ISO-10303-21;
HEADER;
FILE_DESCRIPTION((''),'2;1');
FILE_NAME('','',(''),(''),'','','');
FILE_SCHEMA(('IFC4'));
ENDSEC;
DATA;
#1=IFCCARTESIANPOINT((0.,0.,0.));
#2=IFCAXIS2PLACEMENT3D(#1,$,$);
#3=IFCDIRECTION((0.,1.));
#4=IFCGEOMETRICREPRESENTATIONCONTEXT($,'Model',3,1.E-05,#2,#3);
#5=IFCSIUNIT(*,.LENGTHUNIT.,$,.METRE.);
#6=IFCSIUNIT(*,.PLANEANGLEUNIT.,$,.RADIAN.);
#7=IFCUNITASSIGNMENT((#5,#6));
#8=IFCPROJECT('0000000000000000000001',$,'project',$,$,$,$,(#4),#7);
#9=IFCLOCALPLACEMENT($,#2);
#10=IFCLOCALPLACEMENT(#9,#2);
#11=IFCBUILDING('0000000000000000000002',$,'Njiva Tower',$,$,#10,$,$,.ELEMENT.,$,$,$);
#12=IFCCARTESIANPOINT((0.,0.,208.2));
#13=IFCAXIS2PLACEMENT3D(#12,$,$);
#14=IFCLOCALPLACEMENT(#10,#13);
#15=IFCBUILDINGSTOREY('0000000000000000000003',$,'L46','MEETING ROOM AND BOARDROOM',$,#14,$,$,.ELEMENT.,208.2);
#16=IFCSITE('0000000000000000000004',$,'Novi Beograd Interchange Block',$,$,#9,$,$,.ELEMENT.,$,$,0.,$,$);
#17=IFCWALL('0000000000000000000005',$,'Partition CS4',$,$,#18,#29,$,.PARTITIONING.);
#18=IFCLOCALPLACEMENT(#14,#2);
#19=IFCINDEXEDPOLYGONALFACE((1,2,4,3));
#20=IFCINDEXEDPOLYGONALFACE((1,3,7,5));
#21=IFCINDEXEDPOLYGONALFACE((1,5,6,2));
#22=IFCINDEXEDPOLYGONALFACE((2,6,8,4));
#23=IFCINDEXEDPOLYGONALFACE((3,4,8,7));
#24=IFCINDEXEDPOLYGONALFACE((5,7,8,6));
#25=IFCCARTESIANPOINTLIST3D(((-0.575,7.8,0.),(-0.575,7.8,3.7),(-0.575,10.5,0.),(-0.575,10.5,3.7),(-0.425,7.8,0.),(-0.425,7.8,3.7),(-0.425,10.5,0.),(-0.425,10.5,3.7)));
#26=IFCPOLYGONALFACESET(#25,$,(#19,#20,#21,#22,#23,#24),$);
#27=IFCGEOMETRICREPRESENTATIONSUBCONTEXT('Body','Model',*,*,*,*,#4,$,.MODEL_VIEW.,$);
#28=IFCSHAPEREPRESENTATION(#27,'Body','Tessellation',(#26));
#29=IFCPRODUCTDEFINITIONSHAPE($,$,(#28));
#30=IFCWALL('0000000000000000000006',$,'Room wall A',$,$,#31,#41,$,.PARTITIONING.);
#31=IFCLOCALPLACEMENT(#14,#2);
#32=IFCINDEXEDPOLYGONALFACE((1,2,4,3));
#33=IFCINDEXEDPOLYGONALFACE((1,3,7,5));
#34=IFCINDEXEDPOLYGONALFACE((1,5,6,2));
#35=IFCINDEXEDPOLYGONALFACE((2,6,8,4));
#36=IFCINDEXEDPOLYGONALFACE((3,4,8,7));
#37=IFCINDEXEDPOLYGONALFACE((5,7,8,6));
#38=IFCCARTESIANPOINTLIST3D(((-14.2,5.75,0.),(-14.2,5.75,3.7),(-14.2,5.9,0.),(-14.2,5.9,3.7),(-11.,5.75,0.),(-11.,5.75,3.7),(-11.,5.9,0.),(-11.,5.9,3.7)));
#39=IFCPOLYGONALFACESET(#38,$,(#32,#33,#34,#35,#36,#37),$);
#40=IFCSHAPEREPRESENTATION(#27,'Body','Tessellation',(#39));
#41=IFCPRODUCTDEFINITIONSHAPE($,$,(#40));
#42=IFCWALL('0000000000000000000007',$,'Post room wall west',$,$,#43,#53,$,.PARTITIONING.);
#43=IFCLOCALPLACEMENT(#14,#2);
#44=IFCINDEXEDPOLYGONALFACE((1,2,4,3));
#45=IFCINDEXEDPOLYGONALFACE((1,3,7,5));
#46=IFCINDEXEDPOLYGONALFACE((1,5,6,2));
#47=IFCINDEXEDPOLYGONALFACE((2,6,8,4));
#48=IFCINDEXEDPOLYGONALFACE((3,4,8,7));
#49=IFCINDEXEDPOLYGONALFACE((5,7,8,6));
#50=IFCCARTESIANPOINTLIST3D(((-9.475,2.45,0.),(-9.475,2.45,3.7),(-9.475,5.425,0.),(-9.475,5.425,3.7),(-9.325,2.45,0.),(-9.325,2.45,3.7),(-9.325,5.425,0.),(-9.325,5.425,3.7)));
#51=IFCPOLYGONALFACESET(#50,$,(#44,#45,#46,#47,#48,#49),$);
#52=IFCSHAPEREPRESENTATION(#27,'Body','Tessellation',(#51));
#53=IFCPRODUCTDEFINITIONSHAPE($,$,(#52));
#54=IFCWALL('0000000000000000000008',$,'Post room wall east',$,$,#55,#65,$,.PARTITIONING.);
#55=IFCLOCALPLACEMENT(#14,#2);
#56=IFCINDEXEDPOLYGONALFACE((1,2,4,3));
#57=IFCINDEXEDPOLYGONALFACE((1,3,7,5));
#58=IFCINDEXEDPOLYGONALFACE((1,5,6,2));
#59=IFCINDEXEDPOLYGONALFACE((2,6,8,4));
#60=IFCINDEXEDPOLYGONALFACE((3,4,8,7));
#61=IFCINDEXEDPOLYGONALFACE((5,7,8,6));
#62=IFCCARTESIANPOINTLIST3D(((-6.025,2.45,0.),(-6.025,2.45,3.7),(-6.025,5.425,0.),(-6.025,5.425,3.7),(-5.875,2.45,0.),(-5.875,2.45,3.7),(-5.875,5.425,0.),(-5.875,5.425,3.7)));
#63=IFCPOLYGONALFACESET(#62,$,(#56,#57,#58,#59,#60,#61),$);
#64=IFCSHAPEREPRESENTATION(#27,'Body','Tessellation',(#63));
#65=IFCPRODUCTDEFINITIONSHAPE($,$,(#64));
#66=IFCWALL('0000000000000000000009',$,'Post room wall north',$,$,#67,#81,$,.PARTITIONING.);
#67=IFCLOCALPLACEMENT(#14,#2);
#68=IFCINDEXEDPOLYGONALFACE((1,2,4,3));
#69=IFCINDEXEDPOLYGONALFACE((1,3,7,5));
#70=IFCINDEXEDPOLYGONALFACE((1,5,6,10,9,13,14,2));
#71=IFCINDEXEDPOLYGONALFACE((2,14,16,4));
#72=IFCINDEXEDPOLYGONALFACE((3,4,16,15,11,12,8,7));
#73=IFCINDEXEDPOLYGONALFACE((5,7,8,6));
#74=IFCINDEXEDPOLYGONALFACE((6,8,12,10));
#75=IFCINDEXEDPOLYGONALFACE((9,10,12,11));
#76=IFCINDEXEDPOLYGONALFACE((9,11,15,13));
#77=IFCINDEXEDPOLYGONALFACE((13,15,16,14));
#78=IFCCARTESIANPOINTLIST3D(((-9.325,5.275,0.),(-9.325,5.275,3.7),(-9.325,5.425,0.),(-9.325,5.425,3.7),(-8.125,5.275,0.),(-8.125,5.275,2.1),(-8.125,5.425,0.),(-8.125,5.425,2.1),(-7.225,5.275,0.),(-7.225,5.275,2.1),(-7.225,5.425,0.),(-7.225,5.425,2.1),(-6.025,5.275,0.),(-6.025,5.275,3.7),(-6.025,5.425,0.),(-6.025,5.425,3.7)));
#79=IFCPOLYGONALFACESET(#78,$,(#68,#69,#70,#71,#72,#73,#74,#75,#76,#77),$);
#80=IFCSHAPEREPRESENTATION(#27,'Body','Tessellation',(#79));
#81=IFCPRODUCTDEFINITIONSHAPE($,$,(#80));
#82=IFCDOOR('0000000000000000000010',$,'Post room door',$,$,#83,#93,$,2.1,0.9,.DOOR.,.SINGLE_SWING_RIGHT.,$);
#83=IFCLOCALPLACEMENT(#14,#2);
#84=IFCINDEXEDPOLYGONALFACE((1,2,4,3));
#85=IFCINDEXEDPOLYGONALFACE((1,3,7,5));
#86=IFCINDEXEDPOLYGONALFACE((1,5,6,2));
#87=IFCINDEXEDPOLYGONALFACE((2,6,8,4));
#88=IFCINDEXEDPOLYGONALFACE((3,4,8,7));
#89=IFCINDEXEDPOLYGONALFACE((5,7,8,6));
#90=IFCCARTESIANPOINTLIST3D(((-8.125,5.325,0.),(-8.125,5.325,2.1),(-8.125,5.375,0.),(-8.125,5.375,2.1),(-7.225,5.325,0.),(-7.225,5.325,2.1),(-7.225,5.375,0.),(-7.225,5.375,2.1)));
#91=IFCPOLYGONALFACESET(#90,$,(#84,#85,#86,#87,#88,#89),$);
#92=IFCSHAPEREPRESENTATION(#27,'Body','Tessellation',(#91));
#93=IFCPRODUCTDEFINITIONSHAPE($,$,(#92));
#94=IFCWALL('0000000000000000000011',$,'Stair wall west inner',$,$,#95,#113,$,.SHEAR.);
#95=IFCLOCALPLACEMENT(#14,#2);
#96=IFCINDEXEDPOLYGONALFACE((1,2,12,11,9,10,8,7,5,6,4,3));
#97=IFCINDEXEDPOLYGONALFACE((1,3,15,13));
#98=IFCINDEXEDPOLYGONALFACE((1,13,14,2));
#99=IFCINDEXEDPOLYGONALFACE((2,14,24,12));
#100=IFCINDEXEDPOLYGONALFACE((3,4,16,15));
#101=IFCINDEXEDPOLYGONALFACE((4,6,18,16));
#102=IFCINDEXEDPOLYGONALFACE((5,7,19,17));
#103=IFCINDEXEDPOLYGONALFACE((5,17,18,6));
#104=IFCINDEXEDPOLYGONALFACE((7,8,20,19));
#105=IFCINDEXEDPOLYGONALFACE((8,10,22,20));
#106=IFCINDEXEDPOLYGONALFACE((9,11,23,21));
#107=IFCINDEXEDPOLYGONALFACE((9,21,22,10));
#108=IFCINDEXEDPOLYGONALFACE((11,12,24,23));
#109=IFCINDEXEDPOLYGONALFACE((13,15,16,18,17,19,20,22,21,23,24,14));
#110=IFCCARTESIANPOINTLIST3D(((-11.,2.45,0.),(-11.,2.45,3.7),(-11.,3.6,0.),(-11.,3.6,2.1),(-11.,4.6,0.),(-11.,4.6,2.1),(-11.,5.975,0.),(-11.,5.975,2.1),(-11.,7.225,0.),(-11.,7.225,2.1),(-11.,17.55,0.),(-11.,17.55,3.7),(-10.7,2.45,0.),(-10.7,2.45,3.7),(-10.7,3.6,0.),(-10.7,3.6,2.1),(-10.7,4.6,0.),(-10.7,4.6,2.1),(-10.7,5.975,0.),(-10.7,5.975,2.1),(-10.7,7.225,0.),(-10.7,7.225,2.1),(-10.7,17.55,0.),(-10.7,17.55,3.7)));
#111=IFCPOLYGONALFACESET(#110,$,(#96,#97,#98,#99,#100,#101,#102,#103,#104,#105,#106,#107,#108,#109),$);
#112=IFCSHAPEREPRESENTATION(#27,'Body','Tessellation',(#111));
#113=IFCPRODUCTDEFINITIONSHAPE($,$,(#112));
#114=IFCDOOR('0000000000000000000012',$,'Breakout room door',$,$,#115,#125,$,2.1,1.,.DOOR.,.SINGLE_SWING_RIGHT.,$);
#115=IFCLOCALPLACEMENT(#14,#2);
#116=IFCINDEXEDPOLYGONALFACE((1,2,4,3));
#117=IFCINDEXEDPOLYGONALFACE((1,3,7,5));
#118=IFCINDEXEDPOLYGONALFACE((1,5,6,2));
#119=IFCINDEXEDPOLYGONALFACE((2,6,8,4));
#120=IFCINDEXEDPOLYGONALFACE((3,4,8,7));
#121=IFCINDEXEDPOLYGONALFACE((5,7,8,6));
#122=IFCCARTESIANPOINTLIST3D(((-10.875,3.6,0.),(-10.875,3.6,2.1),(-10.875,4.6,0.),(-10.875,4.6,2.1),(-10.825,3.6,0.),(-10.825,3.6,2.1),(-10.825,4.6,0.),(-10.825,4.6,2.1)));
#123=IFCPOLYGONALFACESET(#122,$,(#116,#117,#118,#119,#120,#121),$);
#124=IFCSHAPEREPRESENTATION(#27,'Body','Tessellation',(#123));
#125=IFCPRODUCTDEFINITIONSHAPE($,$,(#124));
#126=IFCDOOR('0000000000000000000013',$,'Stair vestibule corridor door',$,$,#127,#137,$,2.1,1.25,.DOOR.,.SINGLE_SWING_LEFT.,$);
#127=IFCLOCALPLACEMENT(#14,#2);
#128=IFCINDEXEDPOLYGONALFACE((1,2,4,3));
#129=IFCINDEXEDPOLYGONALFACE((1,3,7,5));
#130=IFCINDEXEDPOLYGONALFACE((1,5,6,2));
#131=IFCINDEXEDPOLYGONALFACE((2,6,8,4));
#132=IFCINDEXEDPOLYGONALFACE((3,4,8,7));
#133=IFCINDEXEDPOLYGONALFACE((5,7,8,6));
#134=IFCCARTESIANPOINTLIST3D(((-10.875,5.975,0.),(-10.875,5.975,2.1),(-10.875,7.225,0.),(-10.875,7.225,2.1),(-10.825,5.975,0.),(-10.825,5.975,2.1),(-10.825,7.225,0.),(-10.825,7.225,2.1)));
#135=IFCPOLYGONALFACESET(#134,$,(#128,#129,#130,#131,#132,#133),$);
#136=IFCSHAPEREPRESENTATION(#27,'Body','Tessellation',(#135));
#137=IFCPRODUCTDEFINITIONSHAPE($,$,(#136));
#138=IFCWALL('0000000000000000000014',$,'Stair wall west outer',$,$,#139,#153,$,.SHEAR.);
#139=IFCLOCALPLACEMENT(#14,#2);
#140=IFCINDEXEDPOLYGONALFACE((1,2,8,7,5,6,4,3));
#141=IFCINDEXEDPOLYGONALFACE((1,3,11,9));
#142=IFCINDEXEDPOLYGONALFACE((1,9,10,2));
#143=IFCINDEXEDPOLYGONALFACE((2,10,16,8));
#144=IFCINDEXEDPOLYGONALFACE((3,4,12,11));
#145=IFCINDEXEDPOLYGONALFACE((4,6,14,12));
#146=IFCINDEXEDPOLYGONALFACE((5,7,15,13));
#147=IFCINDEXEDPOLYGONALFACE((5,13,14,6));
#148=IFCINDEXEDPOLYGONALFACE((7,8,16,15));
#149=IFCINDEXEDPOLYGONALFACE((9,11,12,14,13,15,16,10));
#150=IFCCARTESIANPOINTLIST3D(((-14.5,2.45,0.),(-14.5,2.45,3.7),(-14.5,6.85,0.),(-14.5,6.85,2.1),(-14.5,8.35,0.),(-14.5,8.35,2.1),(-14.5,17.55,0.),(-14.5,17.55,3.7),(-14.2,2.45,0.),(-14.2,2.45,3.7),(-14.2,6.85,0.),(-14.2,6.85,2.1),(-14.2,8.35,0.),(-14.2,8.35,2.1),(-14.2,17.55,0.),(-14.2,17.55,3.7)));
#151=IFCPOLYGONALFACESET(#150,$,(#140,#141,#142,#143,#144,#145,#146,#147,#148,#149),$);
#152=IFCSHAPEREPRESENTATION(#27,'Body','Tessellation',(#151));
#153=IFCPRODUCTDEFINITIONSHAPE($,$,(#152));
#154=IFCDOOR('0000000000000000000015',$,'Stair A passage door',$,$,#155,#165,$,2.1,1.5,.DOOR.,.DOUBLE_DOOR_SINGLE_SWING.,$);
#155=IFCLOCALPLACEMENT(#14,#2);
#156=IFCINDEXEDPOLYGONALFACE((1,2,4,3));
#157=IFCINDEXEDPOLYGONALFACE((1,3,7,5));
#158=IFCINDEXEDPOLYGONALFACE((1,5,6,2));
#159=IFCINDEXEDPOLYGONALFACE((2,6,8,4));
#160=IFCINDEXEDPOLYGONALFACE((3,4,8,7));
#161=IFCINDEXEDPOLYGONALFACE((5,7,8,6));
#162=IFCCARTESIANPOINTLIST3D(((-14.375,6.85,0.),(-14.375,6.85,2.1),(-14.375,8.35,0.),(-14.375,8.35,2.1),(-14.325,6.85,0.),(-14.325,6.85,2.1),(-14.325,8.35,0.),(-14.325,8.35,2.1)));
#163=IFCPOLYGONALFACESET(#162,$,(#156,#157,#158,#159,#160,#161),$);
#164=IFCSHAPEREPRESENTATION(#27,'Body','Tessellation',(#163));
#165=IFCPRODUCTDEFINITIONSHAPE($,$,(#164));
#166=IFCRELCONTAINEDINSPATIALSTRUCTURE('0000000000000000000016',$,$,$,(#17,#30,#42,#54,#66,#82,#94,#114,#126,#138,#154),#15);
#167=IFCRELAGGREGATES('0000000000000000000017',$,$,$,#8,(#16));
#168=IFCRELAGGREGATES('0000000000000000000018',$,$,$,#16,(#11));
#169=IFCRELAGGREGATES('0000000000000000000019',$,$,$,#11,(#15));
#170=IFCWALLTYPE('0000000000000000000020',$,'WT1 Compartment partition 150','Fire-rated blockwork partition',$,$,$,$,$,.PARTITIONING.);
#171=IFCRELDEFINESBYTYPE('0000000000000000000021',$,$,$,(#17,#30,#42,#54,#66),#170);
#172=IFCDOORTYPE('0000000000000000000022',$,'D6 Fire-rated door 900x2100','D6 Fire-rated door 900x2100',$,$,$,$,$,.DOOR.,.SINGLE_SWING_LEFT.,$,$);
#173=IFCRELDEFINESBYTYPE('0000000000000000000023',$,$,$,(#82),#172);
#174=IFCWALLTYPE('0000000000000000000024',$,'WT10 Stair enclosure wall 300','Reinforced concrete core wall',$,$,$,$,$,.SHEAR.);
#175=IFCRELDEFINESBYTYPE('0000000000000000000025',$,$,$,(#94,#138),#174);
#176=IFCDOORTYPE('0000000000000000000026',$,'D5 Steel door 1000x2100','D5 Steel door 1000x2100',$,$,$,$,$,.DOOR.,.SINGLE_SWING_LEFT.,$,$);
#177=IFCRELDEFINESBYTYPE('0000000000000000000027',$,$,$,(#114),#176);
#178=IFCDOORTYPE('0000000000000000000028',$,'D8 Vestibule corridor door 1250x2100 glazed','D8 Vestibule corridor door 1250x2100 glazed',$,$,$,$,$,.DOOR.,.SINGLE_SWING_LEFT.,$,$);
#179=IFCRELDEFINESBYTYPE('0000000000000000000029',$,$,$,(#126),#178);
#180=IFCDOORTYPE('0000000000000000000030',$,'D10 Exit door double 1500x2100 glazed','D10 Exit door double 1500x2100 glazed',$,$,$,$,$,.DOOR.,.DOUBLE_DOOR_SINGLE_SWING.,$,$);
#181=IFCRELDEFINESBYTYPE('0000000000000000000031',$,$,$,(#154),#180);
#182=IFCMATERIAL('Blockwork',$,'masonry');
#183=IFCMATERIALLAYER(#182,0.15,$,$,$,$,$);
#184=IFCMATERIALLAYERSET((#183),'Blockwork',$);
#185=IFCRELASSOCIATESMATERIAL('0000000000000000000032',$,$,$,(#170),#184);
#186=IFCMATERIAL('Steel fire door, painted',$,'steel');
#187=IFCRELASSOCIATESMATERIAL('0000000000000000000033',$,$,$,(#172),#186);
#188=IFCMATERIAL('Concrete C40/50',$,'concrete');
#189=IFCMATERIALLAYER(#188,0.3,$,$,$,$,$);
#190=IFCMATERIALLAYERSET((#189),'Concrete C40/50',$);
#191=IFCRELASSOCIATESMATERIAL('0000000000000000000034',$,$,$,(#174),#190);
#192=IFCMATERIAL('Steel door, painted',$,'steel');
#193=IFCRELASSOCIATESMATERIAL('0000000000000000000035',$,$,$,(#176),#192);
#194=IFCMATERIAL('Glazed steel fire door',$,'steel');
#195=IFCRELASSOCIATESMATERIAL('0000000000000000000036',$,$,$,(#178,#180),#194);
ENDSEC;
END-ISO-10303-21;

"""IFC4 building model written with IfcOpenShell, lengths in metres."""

from ifc_helpers import new_model, si_unit, direction, frame, frame_2d, origin, place, context, subcontext, project, spatial, rectangle, extrude, material, layer, layer_set, type_object, element, fill, save


model = new_model("IFC4")

# Units and contexts
model_context = context("Model", 3, precision=1e-05, world=origin(), true_north=direction((0.0, 1.0)))
body_context = subcontext(model_context, "Body", "Model", "MODEL_VIEW")
ifc_project = project(units=[si_unit("LENGTHUNIT", "METRE"), si_unit("PLANEANGLEUNIT", "RADIAN")], contexts=[model_context])

# Site, building, storey
site_placement = place(None, origin())
site = spatial("IfcSite", under=ifc_project, at=site_placement, Name="Novi Beograd Interchange Block", CompositionType="ELEMENT", RefElevation=0.0)
building_placement = place(site_placement, origin())
building = spatial("IfcBuilding", under=site, at=building_placement, Name="Njiva Tower", CompositionType="ELEMENT")
storey_placement = place(building_placement, frame((0.0, 0.0, 208.2)))
storey = spatial("IfcBuildingStorey", under=building, at=storey_placement, Name="L46", Description="MEETING ROOM AND BOARDROOM", CompositionType="ELEMENT", Elevation=208.2)

# Walls
ifc_material_1 = material(Name="Blockwork", Category="masonry")
ifc_layer_1 = layer(ifc_material_1, 0.15)
ifc_layer_set_1 = layer_set([ifc_layer_1], Name="Blockwork")
wall_type_1 = type_object("IfcWallType", Name="WT1 Compartment partition 150", Description="Fire-rated blockwork partition", PredefinedType="PARTITIONING", material=ifc_layer_set_1)
wall_1_placement = place(storey_placement, frame((-0.5, 7.8, 0.0), z_axis=(0.0, 0.0, 1.0), x_axis=(0.0, 1.0, 0.0)))
element("IfcWall", 1, at=wall_1_placement, inside=storey, type_object=wall_type_1, Name="Partition CS4", PredefinedType="PARTITIONING", context=body_context, shape_type="SweptSolid", body=[
    extrude(rectangle(XDim=2.7, YDim=0.15, at=frame_2d((1.35, 0.0))), origin(), (0.0, 0.0, 1.0), 3.7),
])
wall_2_placement = place(storey_placement, frame((-14.2, 5.825, 0.0), z_axis=(0.0, 0.0, 1.0), x_axis=(1.0, 0.0, 0.0)))
element("IfcWall", 2, at=wall_2_placement, inside=storey, type_object=wall_type_1, Name="Room wall A", PredefinedType="PARTITIONING", context=body_context, shape_type="SweptSolid", body=[
    extrude(rectangle(XDim=3.2, YDim=0.15, at=frame_2d((1.6, 0.0))), origin(), (0.0, 0.0, 1.0), 3.7),
])
for number, where, z_axis, x_axis, name in (
    (3, (-9.4, 2.45, 0.0), (0.0, 0.0, 1.0), (0.0, 1.0, 0.0), "Post room wall west"),
    (4, (-5.95, 2.45, 0.0), (0.0, 0.0, 1.0), (0.0, 1.0, 0.0), "Post room wall east"),
):
    element("IfcWall", number, at=place(storey_placement, frame(where, z_axis=z_axis, x_axis=x_axis)), inside=storey, type_object=wall_type_1, Name=name, PredefinedType="PARTITIONING", context=body_context, shape_type="SweptSolid", body=[
        extrude(rectangle(XDim=2.975, YDim=0.15, at=frame_2d((1.4875, 0.0))), origin(), (0.0, 0.0, 1.0), 3.7),
    ])

# Wall, opening, door
wall_3_placement = place(storey_placement, frame((-9.325, 5.35, 0.0), z_axis=(0.0, 0.0, 1.0), x_axis=(1.0, 0.0, 0.0)))
wall_3 = element("IfcWall", 5, at=wall_3_placement, inside=storey, type_object=wall_type_1, Name="Post room wall north", PredefinedType="PARTITIONING", context=body_context, shape_type="SweptSolid", body=[
    extrude(rectangle(XDim=3.3, YDim=0.15, at=frame_2d((1.65, 0.0))), origin(), (0.0, 0.0, 1.0), 3.7),
])
opening_1_placement = place(wall_3_placement, frame((1.2, 0.0, 0.0)))
opening_1 = element("IfcOpeningElement", 6, at=opening_1_placement, cuts=wall_3, PredefinedType="OPENING", context=body_context, shape_type="SweptSolid", body=[
    extrude(rectangle(XDim=0.9, YDim=2.1, at=frame_2d((0.45, 1.05))), frame((0.0, 0.085, 0.0), z_axis=(0.0, -1.0, 0.0), x_axis=(1.0, 0.0, 0.0)), (0.0, 0.0, 1.0), 0.17),
])
ifc_material_2 = material(Name="Steel fire door, painted", Category="steel")
door_type_1 = type_object("IfcDoorType", Name="D6 Fire-rated door 900x2100", Description="D6 Fire-rated door 900x2100", OperationType="SINGLE_SWING_LEFT", PredefinedType="DOOR", material=ifc_material_2)
door_1_placement = place(opening_1_placement, origin())
door_1 = element("IfcDoor", 7, at=door_1_placement, inside=storey, type_object=door_type_1, Name="Post room door", OperationType="SINGLE_SWING_RIGHT", OverallHeight=2.1, OverallWidth=0.9, PredefinedType="DOOR", context=body_context, shape_type="SweptSolid", body=[
    extrude(rectangle(XDim=0.9, YDim=2.1, at=frame_2d((0.45, 1.05))), frame((0.0, 0.025, 0.0), z_axis=(0.0, -1.0, 0.0), x_axis=(1.0, 0.0, 0.0)), (0.0, 0.0, 1.0), 0.05),
])
fill(opening_1, door_1)

# Wall, openings, doors
ifc_material_3 = material(Name="Concrete C40/50", Category="concrete")
ifc_layer_2 = layer(ifc_material_3, 0.3)
ifc_layer_set_2 = layer_set([ifc_layer_2], Name="Concrete C40/50")
wall_type_2 = type_object("IfcWallType", Name="WT10 Stair enclosure wall 300", Description="Reinforced concrete core wall", PredefinedType="SHEAR", material=ifc_layer_set_2)
wall_4_placement = place(storey_placement, frame((-10.85, 2.45, 0.0), z_axis=(0.0, 0.0, 1.0), x_axis=(0.0, 1.0, 0.0)))
wall_4 = element("IfcWall", 8, at=wall_4_placement, inside=storey, type_object=wall_type_2, Name="Stair wall west inner", PredefinedType="SHEAR", context=body_context, shape_type="SweptSolid", body=[
    extrude(rectangle(XDim=15.1, YDim=0.3, at=frame_2d((7.55, 0.0))), origin(), (0.0, 0.0, 1.0), 3.7),
])
opening_2_placement = place(wall_4_placement, frame((3.525, 0.0, 0.0)))
opening_2 = element("IfcOpeningElement", 9, at=opening_2_placement, cuts=wall_4, PredefinedType="OPENING", context=body_context, shape_type="SweptSolid", body=[
    extrude(rectangle(XDim=1.25, YDim=2.1, at=frame_2d((0.625, 1.05))), frame((0.0, 0.16, 0.0), z_axis=(0.0, -1.0, 0.0), x_axis=(1.0, 0.0, 0.0)), (0.0, 0.0, 1.0), 0.32),
])
opening_3_placement = place(wall_4_placement, frame((1.15, 0.0, 0.0)))
opening_3 = element("IfcOpeningElement", 10, at=opening_3_placement, cuts=wall_4, PredefinedType="OPENING", context=body_context, shape_type="SweptSolid", body=[
    extrude(rectangle(XDim=1.0, YDim=2.1, at=frame_2d((0.5, 1.05))), frame((0.0, 0.16, 0.0), z_axis=(0.0, -1.0, 0.0), x_axis=(1.0, 0.0, 0.0)), (0.0, 0.0, 1.0), 0.32),
])
ifc_material_4 = material(Name="Steel door, painted", Category="steel")
door_type_2 = type_object("IfcDoorType", Name="D5 Steel door 1000x2100", Description="D5 Steel door 1000x2100", OperationType="SINGLE_SWING_LEFT", PredefinedType="DOOR", material=ifc_material_4)
door_2_placement = place(opening_3_placement, origin())
door_2 = element("IfcDoor", 11, at=door_2_placement, inside=storey, type_object=door_type_2, Name="Breakout room door", OperationType="SINGLE_SWING_RIGHT", OverallHeight=2.1, OverallWidth=1.0, PredefinedType="DOOR", context=body_context, shape_type="SweptSolid", body=[
    extrude(rectangle(XDim=1.0, YDim=2.1, at=frame_2d((0.5, 1.05))), frame((0.0, 0.025, 0.0), z_axis=(0.0, -1.0, 0.0), x_axis=(1.0, 0.0, 0.0)), (0.0, 0.0, 1.0), 0.05),
])
fill(opening_3, door_2)
ifc_material_5 = material(Name="Glazed steel fire door", Category="steel")
door_type_3 = type_object("IfcDoorType", Name="D8 Vestibule corridor door 1250x2100 glazed", Description="D8 Vestibule corridor door 1250x2100 glazed", OperationType="SINGLE_SWING_LEFT", PredefinedType="DOOR", material=ifc_material_5)
door_3_placement = place(opening_2_placement, origin())
door_3 = element("IfcDoor", 12, at=door_3_placement, inside=storey, type_object=door_type_3, Name="Stair vestibule corridor door", OperationType="SINGLE_SWING_LEFT", OverallHeight=2.1, OverallWidth=1.25, PredefinedType="DOOR", context=body_context, shape_type="SweptSolid", body=[
    extrude(rectangle(XDim=1.25, YDim=2.1, at=frame_2d((0.625, 1.05))), frame((0.0, 0.025, 0.0), z_axis=(0.0, -1.0, 0.0), x_axis=(1.0, 0.0, 0.0)), (0.0, 0.0, 1.0), 0.05),
])
fill(opening_2, door_3)

# Wall, opening, door
wall_5_placement = place(storey_placement, frame((-14.35, 2.45, 0.0), z_axis=(0.0, 0.0, 1.0), x_axis=(0.0, 1.0, 0.0)))
wall_5 = element("IfcWall", 13, at=wall_5_placement, inside=storey, type_object=wall_type_2, Name="Stair wall west outer", PredefinedType="SHEAR", context=body_context, shape_type="SweptSolid", body=[
    extrude(rectangle(XDim=15.1, YDim=0.3, at=frame_2d((7.55, 0.0))), origin(), (0.0, 0.0, 1.0), 3.7),
])
opening_4_placement = place(wall_5_placement, frame((4.4, 0.0, 0.0)))
opening_4 = element("IfcOpeningElement", 14, at=opening_4_placement, cuts=wall_5, PredefinedType="OPENING", context=body_context, shape_type="SweptSolid", body=[
    extrude(rectangle(XDim=1.5, YDim=2.1, at=frame_2d((0.75, 1.05))), frame((0.0, 0.16, 0.0), z_axis=(0.0, -1.0, 0.0), x_axis=(1.0, 0.0, 0.0)), (0.0, 0.0, 1.0), 0.32),
])
door_type_4 = type_object("IfcDoorType", Name="D10 Exit door double 1500x2100 glazed", Description="D10 Exit door double 1500x2100 glazed", OperationType="DOUBLE_DOOR_SINGLE_SWING", PredefinedType="DOOR", material=ifc_material_5)
door_4_placement = place(opening_4_placement, origin())
door_4 = element("IfcDoor", 15, at=door_4_placement, inside=storey, type_object=door_type_4, Name="Stair A passage door", OperationType="DOUBLE_DOOR_SINGLE_SWING", OverallHeight=2.1, OverallWidth=1.5, PredefinedType="DOOR", context=body_context, shape_type="SweptSolid", body=[
    extrude(rectangle(XDim=1.5, YDim=2.1, at=frame_2d((0.75, 1.05))), frame((0.0, 0.025, 0.0), z_axis=(0.0, -1.0, 0.0), x_axis=(1.0, 0.0, 0.0)), (0.0, 0.0, 1.0), 0.05),
])
fill(opening_4, door_4)

save(model, "model.ifc")
